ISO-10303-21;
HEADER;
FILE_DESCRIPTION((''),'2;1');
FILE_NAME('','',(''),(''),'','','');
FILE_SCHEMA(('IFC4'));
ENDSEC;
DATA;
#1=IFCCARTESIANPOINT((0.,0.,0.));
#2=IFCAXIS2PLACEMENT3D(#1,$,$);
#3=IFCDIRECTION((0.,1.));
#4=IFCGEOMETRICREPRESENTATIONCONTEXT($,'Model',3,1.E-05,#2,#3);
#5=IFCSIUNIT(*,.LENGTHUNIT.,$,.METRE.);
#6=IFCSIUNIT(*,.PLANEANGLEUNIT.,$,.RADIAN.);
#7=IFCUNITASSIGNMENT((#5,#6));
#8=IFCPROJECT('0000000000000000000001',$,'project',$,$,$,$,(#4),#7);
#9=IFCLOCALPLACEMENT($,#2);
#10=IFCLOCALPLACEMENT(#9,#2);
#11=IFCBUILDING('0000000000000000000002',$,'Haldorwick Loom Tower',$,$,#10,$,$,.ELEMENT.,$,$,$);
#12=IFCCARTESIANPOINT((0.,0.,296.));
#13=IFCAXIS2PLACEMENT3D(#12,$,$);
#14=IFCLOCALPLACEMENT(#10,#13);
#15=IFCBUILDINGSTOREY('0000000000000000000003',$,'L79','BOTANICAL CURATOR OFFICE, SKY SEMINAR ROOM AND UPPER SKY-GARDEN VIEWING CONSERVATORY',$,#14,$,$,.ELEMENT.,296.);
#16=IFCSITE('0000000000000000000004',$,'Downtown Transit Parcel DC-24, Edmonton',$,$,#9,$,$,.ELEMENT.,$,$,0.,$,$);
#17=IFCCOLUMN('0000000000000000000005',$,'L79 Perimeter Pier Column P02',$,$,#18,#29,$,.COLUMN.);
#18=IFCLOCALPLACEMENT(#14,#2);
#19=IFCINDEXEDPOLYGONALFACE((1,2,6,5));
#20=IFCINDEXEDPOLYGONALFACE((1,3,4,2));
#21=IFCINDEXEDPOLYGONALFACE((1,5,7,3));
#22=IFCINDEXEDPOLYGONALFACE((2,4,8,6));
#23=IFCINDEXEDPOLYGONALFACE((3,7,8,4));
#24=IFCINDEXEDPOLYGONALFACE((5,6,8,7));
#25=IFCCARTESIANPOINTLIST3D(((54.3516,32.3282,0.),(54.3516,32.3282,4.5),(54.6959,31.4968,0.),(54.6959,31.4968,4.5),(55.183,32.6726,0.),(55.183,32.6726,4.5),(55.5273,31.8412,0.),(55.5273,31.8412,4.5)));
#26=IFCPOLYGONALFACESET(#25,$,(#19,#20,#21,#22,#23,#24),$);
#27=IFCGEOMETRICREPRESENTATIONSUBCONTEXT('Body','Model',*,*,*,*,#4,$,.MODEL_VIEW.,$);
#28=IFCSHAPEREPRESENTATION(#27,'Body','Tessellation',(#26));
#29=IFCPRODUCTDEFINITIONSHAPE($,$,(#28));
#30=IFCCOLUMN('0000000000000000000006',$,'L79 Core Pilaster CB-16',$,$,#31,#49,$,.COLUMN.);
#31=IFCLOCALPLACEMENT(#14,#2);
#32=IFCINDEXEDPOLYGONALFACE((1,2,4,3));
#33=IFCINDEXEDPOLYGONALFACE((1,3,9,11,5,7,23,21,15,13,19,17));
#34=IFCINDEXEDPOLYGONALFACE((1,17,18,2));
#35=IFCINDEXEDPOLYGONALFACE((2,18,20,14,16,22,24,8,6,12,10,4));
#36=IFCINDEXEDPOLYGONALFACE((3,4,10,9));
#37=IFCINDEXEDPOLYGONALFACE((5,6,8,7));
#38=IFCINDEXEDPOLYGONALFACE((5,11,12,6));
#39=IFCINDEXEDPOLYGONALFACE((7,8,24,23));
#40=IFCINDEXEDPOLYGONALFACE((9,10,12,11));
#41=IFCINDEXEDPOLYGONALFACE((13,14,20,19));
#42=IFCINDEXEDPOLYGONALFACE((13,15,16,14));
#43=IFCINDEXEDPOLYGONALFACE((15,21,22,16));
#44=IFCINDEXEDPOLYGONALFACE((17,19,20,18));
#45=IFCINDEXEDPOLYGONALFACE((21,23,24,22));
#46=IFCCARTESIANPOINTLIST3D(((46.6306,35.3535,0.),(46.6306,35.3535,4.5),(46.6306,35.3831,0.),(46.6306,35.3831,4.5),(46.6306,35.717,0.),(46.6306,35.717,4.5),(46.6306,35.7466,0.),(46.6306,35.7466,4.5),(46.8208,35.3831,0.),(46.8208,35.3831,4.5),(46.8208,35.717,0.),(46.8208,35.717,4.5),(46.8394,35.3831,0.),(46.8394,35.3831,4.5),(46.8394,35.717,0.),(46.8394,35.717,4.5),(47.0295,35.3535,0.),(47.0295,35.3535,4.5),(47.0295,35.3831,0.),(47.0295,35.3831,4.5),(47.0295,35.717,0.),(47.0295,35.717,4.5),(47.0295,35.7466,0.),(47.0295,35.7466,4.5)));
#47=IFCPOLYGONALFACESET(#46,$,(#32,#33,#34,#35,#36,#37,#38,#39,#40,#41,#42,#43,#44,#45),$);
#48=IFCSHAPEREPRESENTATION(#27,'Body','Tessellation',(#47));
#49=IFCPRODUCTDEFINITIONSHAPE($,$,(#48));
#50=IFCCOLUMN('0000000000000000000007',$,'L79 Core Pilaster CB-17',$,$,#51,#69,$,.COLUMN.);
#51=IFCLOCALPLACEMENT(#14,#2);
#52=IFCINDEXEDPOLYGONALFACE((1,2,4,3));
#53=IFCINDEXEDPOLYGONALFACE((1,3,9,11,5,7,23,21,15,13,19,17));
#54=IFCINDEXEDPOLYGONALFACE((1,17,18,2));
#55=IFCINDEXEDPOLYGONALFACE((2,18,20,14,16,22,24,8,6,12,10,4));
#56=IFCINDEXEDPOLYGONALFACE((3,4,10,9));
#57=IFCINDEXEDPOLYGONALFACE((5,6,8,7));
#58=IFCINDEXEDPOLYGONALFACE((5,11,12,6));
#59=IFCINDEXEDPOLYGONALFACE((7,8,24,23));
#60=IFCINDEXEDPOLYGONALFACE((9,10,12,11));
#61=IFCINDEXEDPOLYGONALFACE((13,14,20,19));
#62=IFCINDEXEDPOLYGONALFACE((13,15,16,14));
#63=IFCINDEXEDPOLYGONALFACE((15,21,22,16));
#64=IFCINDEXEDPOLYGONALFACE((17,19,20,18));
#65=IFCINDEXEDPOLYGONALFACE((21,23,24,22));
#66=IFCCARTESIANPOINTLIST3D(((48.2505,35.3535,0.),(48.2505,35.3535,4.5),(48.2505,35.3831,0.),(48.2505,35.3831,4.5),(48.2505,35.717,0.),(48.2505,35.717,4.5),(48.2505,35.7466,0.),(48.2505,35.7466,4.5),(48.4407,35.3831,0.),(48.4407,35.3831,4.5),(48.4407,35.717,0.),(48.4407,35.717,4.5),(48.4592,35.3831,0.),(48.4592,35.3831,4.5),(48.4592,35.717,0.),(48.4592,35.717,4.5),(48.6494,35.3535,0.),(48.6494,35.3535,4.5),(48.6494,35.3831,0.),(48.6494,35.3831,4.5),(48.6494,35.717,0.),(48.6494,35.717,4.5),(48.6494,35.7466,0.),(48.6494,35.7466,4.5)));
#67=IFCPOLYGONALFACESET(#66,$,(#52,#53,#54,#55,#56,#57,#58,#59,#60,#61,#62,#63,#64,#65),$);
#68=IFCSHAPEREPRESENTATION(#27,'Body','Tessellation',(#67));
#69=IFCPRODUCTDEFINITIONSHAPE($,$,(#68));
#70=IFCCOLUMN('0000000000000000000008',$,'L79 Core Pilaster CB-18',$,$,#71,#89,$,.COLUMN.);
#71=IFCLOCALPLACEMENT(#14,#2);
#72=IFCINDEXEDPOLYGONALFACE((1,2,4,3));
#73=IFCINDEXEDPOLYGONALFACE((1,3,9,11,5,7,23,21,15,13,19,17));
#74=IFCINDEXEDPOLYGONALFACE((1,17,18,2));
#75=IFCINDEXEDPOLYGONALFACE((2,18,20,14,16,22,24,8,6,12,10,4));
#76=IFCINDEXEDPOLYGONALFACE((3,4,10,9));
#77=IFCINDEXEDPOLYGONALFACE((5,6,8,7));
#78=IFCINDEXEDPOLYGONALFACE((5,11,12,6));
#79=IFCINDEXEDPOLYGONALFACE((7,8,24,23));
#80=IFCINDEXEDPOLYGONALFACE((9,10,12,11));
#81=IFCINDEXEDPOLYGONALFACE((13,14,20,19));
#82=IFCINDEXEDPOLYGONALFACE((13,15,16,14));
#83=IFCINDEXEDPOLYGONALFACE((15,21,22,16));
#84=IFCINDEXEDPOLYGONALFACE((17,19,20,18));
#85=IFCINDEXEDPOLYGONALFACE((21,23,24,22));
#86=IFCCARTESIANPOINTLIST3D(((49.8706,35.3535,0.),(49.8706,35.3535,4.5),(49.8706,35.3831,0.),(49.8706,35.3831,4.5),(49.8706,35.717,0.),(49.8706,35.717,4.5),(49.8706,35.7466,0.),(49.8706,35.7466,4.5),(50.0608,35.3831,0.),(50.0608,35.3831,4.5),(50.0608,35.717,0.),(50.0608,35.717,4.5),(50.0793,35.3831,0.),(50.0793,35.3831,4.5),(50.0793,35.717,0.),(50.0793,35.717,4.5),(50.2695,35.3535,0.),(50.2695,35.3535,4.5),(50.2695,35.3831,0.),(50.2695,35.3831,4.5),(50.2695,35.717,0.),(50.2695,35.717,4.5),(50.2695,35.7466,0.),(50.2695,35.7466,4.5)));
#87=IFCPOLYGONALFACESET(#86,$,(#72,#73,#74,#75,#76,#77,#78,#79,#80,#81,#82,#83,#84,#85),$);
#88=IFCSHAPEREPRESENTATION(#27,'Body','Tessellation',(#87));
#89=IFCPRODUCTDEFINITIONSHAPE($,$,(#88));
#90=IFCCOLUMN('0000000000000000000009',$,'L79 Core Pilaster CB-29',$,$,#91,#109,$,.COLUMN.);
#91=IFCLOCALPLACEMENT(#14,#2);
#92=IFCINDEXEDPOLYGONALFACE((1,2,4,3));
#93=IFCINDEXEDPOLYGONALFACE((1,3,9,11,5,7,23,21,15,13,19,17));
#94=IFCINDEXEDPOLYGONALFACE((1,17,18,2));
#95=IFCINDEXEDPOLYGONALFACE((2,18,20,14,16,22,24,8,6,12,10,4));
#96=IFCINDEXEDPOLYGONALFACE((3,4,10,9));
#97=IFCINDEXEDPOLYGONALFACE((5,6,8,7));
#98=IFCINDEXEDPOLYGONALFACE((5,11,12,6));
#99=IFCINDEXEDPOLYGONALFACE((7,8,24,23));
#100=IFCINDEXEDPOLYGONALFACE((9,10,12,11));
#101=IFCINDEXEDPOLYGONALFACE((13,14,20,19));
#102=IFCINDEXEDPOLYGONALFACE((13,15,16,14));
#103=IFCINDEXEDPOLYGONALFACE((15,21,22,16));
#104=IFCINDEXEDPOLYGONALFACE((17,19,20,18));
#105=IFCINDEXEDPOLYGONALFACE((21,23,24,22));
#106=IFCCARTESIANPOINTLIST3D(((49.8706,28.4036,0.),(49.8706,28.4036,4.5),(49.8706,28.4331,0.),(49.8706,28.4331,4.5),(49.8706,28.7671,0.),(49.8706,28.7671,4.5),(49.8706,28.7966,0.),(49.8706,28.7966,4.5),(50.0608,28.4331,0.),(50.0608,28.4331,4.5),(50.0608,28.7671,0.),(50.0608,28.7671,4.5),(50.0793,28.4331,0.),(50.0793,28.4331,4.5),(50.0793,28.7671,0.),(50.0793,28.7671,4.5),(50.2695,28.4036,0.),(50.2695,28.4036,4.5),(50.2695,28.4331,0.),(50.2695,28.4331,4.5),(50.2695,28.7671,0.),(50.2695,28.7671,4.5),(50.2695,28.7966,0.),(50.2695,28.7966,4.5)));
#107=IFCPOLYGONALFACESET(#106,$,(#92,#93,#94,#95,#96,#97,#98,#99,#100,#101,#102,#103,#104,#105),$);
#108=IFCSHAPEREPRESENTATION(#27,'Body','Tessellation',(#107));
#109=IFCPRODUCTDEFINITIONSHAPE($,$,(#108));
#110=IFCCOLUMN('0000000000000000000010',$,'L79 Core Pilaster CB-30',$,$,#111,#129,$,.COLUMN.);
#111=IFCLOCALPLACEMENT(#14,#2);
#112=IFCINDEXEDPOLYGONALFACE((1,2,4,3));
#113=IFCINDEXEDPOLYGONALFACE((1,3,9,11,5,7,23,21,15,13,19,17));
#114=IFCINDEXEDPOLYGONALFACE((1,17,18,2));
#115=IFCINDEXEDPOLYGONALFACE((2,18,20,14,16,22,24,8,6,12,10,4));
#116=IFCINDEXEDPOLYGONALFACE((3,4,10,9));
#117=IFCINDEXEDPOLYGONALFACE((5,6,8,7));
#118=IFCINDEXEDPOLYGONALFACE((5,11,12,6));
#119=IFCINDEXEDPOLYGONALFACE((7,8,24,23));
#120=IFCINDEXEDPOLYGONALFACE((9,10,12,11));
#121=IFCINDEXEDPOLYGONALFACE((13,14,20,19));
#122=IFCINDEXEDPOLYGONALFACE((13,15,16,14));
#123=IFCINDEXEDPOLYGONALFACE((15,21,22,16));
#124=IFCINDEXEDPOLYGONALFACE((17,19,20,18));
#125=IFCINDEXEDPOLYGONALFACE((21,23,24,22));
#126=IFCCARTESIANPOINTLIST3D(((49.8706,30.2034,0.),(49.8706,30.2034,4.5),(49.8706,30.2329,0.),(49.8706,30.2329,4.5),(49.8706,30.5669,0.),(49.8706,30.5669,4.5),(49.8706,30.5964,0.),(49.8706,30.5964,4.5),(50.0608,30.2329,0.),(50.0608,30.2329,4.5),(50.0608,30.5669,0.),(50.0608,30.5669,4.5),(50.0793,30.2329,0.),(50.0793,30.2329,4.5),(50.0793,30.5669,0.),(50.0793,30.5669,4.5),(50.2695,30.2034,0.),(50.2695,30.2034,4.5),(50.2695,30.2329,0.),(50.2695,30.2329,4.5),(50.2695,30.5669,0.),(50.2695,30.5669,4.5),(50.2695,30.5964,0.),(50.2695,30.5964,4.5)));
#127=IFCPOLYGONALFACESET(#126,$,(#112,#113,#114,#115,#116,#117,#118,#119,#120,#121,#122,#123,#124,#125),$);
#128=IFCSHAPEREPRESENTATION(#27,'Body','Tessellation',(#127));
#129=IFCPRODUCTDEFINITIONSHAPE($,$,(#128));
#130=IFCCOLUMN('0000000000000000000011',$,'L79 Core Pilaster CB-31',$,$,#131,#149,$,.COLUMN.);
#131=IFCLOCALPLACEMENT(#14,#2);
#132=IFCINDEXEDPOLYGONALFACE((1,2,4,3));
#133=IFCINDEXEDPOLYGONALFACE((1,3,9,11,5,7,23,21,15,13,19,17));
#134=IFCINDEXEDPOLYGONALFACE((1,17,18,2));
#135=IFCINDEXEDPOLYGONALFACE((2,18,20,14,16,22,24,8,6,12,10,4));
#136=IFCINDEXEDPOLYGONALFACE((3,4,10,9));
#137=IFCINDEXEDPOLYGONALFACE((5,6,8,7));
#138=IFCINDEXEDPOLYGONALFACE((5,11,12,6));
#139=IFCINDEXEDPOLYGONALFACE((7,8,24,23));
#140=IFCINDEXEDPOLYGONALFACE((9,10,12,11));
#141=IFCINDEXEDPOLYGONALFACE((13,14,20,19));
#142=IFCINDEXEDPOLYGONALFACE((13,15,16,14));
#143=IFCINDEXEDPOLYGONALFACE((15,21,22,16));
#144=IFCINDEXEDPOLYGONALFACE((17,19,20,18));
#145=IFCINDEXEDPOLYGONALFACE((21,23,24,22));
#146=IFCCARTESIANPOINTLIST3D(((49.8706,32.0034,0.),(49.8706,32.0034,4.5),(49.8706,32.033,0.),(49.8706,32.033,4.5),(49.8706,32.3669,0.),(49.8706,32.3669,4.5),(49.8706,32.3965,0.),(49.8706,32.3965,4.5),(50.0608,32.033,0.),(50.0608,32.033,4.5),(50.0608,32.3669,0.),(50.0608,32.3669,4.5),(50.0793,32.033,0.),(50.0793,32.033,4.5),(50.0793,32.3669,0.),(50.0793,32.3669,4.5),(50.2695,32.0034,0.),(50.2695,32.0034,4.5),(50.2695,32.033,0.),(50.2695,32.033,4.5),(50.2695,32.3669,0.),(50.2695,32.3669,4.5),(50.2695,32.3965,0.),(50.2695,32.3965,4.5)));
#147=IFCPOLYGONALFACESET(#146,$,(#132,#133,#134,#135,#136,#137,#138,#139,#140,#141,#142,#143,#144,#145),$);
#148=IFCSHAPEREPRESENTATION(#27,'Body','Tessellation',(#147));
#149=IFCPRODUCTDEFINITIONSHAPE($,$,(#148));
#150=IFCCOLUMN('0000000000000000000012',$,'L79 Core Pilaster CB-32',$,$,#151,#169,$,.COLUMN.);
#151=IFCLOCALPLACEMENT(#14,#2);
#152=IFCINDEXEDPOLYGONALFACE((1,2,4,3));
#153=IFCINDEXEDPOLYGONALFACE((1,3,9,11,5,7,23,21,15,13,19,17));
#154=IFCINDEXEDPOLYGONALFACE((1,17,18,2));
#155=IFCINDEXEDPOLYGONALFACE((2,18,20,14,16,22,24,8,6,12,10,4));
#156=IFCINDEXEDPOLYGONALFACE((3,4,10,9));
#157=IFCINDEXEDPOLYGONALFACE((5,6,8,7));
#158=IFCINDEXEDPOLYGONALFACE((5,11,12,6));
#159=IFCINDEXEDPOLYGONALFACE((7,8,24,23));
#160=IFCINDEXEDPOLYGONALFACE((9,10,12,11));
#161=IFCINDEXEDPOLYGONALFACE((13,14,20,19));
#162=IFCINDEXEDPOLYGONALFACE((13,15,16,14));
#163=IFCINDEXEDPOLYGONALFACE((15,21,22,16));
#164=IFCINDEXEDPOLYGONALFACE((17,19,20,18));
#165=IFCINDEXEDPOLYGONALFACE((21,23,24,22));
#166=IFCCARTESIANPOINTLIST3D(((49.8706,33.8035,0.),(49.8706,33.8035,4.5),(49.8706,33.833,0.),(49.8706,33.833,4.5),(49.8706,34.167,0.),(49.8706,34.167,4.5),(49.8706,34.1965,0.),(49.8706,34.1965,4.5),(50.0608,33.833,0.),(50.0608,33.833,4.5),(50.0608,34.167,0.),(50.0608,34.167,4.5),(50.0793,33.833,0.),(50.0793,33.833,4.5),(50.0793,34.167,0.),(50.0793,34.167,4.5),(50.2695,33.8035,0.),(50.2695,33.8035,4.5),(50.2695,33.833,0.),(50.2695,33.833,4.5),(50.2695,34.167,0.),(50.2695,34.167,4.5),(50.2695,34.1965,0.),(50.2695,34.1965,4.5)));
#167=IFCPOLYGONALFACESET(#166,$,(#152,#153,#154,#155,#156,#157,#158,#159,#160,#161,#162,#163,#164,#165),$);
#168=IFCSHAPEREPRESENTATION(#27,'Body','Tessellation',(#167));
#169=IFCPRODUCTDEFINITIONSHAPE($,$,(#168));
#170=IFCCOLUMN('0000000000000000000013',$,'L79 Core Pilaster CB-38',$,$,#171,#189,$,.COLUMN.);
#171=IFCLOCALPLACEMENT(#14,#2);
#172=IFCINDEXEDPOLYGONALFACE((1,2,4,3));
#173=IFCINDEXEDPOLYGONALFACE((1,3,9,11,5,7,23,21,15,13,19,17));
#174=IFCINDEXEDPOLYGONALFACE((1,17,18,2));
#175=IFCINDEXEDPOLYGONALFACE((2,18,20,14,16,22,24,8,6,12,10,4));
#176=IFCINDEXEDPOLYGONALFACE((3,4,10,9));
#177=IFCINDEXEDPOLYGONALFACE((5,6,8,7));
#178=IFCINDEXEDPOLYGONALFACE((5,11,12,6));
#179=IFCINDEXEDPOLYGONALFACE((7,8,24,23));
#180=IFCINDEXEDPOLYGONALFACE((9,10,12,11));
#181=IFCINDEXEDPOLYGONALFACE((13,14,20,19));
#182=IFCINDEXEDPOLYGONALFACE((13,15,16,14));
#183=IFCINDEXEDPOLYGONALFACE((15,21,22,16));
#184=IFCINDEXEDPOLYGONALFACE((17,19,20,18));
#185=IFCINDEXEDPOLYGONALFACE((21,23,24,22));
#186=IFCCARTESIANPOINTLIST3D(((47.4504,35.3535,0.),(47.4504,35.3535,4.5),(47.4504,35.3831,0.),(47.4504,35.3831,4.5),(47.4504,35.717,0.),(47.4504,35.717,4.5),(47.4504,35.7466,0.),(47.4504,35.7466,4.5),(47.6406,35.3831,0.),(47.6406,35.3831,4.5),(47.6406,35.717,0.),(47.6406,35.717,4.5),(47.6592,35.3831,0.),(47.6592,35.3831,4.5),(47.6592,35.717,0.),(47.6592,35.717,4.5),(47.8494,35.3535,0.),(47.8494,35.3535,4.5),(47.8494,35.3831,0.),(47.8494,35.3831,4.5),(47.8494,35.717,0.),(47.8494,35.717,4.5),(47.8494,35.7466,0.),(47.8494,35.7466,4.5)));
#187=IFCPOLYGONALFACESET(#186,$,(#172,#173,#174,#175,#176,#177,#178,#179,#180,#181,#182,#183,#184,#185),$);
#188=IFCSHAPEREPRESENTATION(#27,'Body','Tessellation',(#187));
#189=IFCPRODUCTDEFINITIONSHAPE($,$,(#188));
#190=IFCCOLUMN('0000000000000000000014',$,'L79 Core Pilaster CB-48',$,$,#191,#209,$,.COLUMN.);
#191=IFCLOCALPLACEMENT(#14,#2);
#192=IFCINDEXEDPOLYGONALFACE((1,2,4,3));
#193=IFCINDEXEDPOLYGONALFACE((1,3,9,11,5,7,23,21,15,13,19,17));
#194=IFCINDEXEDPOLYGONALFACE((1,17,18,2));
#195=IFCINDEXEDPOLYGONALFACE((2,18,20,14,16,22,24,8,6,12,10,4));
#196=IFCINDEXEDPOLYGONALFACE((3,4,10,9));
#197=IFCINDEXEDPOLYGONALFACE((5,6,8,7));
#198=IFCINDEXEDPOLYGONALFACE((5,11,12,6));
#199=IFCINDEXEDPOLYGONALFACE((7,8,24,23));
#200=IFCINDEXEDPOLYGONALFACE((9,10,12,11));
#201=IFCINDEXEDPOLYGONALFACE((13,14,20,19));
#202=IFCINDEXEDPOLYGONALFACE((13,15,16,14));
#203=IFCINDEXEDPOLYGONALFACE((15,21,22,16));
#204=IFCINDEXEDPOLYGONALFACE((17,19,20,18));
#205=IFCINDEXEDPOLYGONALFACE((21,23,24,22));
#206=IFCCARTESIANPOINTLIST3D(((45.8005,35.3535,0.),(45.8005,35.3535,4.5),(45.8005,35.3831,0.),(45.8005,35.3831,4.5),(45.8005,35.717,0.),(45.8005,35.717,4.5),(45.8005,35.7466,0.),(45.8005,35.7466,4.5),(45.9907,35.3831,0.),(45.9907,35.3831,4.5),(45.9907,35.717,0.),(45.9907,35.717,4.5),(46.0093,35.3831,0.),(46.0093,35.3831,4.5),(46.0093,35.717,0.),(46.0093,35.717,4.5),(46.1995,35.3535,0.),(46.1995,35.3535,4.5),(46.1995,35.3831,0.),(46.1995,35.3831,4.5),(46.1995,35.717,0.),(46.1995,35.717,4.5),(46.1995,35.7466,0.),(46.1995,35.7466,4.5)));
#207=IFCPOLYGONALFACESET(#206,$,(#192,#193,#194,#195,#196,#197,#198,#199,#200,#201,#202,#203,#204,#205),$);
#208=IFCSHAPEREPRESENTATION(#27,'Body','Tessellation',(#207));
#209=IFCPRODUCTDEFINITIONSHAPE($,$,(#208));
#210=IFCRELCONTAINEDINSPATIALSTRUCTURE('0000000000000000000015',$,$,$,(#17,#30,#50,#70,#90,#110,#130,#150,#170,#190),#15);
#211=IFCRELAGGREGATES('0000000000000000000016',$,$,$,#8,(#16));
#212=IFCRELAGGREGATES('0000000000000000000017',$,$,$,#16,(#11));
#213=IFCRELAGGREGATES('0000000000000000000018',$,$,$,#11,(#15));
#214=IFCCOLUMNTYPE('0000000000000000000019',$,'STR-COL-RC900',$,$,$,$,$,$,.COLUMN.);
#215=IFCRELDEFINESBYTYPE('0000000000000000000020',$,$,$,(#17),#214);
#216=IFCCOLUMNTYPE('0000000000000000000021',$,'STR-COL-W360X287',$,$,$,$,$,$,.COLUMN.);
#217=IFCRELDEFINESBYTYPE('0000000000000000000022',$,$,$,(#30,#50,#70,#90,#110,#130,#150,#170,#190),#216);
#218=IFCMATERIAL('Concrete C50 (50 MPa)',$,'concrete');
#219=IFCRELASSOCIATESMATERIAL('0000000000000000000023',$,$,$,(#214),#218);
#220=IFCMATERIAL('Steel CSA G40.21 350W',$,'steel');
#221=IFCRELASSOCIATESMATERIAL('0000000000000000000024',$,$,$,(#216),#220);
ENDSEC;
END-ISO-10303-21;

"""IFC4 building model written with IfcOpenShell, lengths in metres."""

from ifc_helpers import new_model, si_unit, direction, frame, origin, origin_2d, place, context, subcontext, project, spatial, rectangle, i_section, extrude, material, material_profile, profile_set, type_object, element, save


model = new_model("IFC4")

# Units and contexts
model_context = context("Model", 3, precision=1e-05, world=origin(), true_north=direction((0.0, 1.0)))
body_context = subcontext(model_context, "Body", "Model", "MODEL_VIEW")
ifc_project = project(units=[si_unit("LENGTHUNIT", "METRE"), si_unit("PLANEANGLEUNIT", "RADIAN")], contexts=[model_context])

# Site, building, storey
site_placement = place(None, origin())
site = spatial("IfcSite", under=ifc_project, at=site_placement, Name="Downtown Transit Parcel DC-24, Edmonton", CompositionType="ELEMENT", RefElevation=0.0)
building_placement = place(site_placement, origin())
building = spatial("IfcBuilding", under=site, at=building_placement, Name="Haldorwick Loom Tower", CompositionType="ELEMENT")
storey_placement = place(building_placement, frame((0.0, 0.0, 296.0)))
storey = spatial("IfcBuildingStorey", under=building, at=storey_placement, Name="L79", Description="BOTANICAL CURATOR OFFICE, SKY SEMINAR ROOM AND UPPER SKY-GARDEN VIEWING CONSERVATORY", CompositionType="ELEMENT", Elevation=296.0)

# Columns
ifc_material_1 = material(Name="Concrete C50 (50 MPa)", Category="concrete")
ifc_material_profile_1 = material_profile(ifc_material_1, rectangle(XDim=0.8999, YDim=0.8999, at=origin_2d()), Name="RC900X900", Category="concrete")
ifc_profile_set_1 = profile_set([ifc_material_profile_1], Name="Concrete C50 (50 MPa)")
column_type_1 = type_object("IfcColumnType", Name="STR-COL-RC900", PredefinedType="COLUMN", material=ifc_profile_set_1)
column_placement = place(storey_placement, frame((54.9395, 32.0847, 0.0), z_axis=(0.0, 0.0, 1.0), x_axis=(0.92388, 0.382683, 0.0)))
element("IfcColumn", 1, at=column_placement, inside=storey, type_object=column_type_1, Name="L79 Perimeter Pier Column P02", PredefinedType="COLUMN", context=body_context, shape_type="SweptSolid", body=[
    extrude(rectangle(XDim=0.8999, YDim=0.8999, at=origin_2d()), origin(), (0.0, 0.0, 1.0), 4.5),
])
ifc_material_2 = material(Name="Steel CSA G40.21 350W", Category="steel")
ifc_material_profile_2 = material_profile(ifc_material_2, i_section(OverallWidth=0.3989, OverallDepth=0.3931, WebThickness=0.0186, FlangeThickness=0.0295, at=origin_2d()), Name="W360X287", Category="steel")
ifc_profile_set_2 = profile_set([ifc_material_profile_2], Name="Steel CSA G40.21 350W")
column_type_2 = type_object("IfcColumnType", Name="STR-COL-W360X287", PredefinedType="COLUMN", material=ifc_profile_set_2)
for number, where, z_axis, x_axis, name in (
    (2, (46.8301, 35.55, 0.0), (0.0, 0.0, 1.0), (1.0, 0.0, 0.0), "L79 Core Pilaster CB-16"),
    (3, (48.45, 35.55, 0.0), (0.0, 0.0, 1.0), (1.0, 0.0, 0.0), "L79 Core Pilaster CB-17"),
    (4, (50.0701, 35.55, 0.0), (0.0, 0.0, 1.0), (1.0, 0.0, 0.0), "L79 Core Pilaster CB-18"),
    (5, (50.0701, 28.6001, 0.0), (0.0, 0.0, 1.0), (1.0, 0.0, 0.0), "L79 Core Pilaster CB-29"),
    (6, (50.0701, 30.3999, 0.0), (0.0, 0.0, 1.0), (1.0, 0.0, 0.0), "L79 Core Pilaster CB-30"),
    (7, (50.0701, 32.2, 0.0), (0.0, 0.0, 1.0), (1.0, 0.0, 0.0), "L79 Core Pilaster CB-31"),
    (8, (50.0701, 34.0, 0.0), (0.0, 0.0, 1.0), (1.0, 0.0, 0.0), "L79 Core Pilaster CB-32"),
    (9, (47.6499, 35.55, 0.0), (0.0, 0.0, 1.0), (1.0, 0.0, 0.0), "L79 Core Pilaster CB-38"),
    (10, (46.0, 35.55, 0.0), (0.0, 0.0, 1.0), (1.0, 0.0, 0.0), "L79 Core Pilaster CB-48"),
):
    element("IfcColumn", number, at=place(storey_placement, frame(where, z_axis=z_axis, x_axis=x_axis)), inside=storey, type_object=column_type_2, Name=name, PredefinedType="COLUMN", context=body_context, shape_type="SweptSolid", body=[
        extrude(i_section(OverallWidth=0.3989, OverallDepth=0.3931, WebThickness=0.0186, FlangeThickness=0.0295, at=origin_2d()), origin(), (0.0, 0.0, 1.0), 4.5),
    ])

save(model, "model.ifc")
